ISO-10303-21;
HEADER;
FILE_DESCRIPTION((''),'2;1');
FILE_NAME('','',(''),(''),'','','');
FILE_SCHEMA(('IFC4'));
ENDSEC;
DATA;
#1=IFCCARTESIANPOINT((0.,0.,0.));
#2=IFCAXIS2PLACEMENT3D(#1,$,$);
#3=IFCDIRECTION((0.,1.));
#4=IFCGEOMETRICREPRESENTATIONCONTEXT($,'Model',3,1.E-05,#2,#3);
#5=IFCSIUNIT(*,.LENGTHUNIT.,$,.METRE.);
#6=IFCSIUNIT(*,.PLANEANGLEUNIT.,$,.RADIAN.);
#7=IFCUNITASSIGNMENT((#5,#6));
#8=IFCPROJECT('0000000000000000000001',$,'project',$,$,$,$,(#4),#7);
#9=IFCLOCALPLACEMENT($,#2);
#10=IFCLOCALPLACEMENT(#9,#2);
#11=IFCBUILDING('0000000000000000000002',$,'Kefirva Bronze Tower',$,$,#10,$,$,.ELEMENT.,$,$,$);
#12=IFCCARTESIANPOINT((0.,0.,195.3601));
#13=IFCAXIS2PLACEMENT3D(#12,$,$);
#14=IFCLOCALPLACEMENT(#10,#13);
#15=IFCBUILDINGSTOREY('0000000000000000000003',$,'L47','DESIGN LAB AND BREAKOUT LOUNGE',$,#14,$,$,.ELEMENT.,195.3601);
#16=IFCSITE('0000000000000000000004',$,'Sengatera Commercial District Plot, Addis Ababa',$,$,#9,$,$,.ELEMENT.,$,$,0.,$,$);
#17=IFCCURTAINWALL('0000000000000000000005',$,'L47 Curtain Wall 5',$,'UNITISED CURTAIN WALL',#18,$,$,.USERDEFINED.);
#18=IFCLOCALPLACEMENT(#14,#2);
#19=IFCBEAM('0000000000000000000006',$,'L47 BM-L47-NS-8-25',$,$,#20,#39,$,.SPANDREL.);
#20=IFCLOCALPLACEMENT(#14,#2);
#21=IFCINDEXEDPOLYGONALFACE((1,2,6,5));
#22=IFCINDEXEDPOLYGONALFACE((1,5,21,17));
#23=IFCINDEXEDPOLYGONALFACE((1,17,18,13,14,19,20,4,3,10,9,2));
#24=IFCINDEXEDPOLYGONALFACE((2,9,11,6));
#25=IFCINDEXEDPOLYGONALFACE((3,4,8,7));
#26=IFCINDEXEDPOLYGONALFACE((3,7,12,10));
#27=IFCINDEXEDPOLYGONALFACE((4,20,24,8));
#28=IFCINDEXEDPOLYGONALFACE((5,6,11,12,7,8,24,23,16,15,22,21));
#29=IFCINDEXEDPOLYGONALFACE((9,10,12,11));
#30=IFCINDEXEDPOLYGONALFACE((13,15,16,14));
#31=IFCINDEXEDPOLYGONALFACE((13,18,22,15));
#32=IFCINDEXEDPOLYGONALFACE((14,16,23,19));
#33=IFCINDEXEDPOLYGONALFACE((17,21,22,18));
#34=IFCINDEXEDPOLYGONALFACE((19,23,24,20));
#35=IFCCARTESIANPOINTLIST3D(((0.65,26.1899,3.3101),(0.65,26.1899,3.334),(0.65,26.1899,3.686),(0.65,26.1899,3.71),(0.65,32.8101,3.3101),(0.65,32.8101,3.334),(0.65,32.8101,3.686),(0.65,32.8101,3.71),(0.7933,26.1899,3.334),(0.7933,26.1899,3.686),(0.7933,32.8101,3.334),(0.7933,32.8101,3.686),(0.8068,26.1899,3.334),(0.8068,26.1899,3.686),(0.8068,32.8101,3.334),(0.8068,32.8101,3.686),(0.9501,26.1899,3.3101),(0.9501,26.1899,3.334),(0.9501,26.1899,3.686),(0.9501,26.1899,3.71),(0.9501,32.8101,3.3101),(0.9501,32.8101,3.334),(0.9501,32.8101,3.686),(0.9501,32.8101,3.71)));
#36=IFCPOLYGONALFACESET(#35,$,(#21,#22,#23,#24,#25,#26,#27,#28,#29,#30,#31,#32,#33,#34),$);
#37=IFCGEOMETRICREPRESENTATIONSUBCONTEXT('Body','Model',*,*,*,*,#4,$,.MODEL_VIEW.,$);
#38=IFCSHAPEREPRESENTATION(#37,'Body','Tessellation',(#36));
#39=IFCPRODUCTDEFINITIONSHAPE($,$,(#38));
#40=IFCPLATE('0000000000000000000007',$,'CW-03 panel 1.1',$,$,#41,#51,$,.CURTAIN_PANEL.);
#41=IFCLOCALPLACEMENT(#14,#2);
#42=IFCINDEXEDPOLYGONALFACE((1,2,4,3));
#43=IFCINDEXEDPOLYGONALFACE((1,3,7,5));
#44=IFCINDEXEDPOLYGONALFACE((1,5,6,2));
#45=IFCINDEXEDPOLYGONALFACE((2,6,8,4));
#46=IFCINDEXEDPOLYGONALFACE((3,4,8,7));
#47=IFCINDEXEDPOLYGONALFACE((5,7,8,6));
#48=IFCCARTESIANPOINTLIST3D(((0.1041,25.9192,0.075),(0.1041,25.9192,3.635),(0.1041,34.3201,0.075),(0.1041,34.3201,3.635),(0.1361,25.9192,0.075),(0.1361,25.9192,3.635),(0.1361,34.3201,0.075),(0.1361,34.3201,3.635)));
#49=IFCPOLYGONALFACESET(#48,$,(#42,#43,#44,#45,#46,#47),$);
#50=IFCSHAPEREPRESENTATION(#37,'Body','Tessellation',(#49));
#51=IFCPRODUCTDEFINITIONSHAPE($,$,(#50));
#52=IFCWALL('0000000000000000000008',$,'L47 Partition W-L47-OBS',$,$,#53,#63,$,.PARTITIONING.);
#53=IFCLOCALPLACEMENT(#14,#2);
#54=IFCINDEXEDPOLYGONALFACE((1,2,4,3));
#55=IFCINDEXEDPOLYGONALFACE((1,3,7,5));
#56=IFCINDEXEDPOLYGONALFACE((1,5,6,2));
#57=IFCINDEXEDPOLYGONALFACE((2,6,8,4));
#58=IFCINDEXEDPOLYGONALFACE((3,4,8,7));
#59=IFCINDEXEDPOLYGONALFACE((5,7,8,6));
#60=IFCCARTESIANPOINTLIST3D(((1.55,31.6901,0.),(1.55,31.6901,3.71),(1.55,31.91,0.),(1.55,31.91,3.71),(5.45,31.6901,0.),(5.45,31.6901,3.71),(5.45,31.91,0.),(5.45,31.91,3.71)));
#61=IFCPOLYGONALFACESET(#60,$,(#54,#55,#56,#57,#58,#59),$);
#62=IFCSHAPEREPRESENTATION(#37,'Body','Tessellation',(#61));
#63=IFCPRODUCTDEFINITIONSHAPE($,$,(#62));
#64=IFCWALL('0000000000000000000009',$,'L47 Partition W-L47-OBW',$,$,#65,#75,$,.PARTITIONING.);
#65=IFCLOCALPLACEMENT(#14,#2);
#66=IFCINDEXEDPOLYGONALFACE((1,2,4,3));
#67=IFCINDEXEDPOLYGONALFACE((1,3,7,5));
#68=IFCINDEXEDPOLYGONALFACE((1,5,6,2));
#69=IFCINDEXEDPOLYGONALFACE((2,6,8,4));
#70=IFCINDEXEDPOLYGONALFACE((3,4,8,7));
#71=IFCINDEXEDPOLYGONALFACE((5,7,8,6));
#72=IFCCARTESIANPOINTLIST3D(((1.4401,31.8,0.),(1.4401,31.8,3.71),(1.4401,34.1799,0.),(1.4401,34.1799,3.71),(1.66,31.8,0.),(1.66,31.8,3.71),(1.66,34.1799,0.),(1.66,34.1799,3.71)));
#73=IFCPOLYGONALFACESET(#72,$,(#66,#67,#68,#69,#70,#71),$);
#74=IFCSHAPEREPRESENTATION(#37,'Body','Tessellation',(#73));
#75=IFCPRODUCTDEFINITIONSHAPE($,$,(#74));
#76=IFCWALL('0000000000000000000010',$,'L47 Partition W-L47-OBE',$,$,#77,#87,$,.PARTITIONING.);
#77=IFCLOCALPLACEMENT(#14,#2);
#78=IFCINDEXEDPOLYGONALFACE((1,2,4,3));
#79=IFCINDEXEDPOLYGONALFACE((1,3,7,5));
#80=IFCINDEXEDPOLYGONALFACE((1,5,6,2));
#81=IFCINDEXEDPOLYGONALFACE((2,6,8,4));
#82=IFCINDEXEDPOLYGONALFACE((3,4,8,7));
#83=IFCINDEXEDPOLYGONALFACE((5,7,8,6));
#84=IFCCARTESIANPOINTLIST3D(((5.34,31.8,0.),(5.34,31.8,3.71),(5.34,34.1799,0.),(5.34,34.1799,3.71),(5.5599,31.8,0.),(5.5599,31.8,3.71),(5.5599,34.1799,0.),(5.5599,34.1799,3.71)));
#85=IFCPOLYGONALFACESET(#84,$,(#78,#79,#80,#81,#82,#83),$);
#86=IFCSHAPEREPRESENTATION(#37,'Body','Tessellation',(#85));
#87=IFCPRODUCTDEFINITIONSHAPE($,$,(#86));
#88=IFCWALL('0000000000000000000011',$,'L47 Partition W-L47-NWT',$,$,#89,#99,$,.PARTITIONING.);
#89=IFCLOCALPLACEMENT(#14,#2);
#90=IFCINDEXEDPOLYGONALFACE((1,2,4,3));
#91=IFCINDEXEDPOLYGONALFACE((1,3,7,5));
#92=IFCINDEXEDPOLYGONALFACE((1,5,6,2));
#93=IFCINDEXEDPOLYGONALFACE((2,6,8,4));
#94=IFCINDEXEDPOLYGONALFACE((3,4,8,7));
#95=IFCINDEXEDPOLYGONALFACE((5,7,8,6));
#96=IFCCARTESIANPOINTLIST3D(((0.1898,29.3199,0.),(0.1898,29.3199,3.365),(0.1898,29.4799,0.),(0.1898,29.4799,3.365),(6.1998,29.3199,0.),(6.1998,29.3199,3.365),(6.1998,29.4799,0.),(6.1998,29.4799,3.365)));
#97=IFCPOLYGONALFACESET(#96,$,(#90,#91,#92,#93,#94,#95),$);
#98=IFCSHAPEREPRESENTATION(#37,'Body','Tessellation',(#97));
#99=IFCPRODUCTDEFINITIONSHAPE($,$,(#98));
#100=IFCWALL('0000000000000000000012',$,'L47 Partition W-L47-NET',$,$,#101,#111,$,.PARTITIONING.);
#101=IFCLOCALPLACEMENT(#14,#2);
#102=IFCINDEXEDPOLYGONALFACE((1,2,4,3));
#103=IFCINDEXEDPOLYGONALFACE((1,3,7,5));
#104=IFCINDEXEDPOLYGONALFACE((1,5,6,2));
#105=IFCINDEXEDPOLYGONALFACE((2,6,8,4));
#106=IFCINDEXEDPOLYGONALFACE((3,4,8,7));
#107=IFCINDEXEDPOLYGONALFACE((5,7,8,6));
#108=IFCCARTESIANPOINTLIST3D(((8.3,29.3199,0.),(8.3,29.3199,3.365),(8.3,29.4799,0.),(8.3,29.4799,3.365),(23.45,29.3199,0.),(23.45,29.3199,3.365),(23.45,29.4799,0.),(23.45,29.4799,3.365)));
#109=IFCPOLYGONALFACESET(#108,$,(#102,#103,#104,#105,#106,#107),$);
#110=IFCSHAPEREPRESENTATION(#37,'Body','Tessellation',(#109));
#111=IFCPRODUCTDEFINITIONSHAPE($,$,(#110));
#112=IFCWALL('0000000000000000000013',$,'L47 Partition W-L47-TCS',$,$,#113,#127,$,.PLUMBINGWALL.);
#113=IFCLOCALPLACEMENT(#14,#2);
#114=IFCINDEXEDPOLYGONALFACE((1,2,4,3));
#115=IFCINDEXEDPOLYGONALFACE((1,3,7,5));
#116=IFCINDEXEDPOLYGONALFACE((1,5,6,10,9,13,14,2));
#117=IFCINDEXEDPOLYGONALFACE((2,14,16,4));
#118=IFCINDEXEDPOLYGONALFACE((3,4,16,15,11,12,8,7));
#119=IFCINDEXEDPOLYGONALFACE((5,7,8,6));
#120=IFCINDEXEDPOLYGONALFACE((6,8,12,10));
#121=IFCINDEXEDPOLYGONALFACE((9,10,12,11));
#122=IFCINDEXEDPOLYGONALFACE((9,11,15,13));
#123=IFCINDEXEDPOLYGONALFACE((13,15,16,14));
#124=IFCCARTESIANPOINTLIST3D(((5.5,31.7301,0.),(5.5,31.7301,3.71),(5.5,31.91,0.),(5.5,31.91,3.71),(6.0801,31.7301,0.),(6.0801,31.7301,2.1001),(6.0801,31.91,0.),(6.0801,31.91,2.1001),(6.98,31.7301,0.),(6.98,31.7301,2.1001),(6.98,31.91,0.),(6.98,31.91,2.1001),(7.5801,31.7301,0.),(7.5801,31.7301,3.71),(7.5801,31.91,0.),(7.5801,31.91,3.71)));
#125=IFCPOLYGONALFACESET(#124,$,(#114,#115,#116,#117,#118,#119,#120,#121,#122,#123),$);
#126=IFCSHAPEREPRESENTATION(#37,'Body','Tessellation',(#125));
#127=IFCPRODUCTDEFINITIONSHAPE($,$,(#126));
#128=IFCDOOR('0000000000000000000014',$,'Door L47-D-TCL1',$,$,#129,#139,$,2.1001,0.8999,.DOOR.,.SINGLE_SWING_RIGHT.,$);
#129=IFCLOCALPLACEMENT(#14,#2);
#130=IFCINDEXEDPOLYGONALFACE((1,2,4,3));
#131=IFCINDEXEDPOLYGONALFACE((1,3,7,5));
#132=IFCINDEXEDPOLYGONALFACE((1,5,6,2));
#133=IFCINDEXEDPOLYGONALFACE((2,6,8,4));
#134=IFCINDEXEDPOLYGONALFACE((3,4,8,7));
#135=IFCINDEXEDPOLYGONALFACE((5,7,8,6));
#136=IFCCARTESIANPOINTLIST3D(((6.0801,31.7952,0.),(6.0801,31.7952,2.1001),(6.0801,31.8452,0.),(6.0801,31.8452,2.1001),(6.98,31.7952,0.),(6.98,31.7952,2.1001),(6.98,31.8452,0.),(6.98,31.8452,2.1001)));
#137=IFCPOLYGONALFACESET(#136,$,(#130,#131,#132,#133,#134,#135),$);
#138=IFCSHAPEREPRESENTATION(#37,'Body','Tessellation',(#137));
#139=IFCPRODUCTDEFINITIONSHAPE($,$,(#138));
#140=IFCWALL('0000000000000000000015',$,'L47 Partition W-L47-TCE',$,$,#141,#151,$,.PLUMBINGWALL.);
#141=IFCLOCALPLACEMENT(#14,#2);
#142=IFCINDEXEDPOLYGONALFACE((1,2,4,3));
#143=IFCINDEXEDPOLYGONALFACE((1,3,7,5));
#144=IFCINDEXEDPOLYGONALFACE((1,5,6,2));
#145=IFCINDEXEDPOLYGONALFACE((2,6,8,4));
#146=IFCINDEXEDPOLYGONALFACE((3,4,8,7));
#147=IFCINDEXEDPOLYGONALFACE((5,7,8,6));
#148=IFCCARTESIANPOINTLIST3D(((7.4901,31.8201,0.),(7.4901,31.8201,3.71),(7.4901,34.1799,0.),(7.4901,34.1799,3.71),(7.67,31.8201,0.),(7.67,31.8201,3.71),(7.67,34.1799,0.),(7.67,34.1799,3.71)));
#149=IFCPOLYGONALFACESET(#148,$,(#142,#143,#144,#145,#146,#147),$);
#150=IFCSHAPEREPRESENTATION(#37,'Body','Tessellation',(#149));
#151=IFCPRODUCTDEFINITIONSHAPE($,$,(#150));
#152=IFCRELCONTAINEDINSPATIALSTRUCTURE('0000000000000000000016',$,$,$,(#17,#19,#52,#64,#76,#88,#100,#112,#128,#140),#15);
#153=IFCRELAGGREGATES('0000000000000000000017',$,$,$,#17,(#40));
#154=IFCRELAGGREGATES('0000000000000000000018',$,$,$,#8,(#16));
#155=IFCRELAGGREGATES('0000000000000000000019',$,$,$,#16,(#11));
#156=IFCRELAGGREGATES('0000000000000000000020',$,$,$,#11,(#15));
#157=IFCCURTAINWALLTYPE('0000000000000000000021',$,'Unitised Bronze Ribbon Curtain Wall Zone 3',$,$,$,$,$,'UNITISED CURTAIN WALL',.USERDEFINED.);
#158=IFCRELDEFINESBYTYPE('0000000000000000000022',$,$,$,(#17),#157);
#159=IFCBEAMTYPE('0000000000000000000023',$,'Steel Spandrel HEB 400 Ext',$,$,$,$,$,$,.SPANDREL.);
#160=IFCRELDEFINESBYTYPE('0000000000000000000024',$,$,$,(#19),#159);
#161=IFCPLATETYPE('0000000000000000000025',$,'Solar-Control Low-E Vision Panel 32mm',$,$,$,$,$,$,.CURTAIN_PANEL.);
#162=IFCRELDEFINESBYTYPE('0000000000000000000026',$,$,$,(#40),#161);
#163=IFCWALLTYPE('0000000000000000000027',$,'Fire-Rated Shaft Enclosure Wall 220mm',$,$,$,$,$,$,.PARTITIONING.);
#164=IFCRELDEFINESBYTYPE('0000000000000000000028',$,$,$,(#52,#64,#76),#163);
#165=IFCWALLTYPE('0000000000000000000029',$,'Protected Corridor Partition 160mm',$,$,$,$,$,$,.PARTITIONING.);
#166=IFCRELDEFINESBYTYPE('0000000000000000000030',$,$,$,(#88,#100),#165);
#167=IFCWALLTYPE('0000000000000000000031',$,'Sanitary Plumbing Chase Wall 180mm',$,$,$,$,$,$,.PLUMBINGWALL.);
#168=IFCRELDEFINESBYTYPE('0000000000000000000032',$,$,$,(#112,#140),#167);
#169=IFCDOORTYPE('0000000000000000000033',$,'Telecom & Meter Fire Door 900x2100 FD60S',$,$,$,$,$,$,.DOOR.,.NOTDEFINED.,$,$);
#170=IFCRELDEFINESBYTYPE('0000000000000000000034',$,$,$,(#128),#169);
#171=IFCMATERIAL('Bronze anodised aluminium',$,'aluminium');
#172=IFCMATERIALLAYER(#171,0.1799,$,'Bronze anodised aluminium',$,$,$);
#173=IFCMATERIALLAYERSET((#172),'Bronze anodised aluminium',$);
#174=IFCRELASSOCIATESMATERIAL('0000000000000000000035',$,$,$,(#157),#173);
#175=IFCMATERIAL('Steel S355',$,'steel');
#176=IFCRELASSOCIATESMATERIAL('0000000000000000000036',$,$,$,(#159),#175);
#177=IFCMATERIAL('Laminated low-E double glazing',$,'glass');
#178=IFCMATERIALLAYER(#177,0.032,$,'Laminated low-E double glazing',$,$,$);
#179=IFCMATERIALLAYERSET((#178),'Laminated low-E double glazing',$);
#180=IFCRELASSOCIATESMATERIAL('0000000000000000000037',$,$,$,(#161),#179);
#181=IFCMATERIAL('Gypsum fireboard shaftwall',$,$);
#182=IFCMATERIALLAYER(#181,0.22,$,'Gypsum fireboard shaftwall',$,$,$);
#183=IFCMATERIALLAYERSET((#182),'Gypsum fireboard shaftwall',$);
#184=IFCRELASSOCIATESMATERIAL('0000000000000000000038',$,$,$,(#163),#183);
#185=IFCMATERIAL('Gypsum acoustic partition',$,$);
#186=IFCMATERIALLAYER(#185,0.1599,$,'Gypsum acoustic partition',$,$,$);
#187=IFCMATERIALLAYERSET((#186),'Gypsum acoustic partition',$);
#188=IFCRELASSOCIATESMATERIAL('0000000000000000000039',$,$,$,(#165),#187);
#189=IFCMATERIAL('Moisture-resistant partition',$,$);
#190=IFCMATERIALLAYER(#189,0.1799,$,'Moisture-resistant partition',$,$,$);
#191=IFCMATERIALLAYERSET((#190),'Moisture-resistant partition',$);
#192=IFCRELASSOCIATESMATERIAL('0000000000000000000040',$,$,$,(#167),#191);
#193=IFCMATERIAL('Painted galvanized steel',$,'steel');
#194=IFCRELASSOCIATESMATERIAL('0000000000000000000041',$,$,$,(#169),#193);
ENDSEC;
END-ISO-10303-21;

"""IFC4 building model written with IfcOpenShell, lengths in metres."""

from ifc_helpers import new_model, si_unit, direction, frame, frame_2d, origin, origin_2d, place, context, subcontext, project, spatial, rectangle, i_section, extrude, material, layer, layer_set, material_profile, profile_set, type_object, element, fill, aggregate, save


model = new_model("IFC4")

# Units and contexts
model_context = context("Model", 3, precision=1e-05, world=origin(), true_north=direction((0.0, 1.0)))
body_context = subcontext(model_context, "Body", "Model", "MODEL_VIEW")
ifc_project = project(units=[si_unit("LENGTHUNIT", "METRE"), si_unit("PLANEANGLEUNIT", "RADIAN")], contexts=[model_context])

# Site, building, storey
site_placement = place(None, origin())
site = spatial("IfcSite", under=ifc_project, at=site_placement, Name="Sengatera Commercial District Plot, Addis Ababa", CompositionType="ELEMENT", RefElevation=0.0)
building_placement = place(site_placement, origin())
building = spatial("IfcBuilding", under=site, at=building_placement, Name="Kefirva Bronze Tower", CompositionType="ELEMENT")
storey_placement = place(building_placement, frame((0.0, 0.0, 195.3601)))
storey = spatial("IfcBuildingStorey", under=building, at=storey_placement, Name="L47", Description="DESIGN LAB AND BREAKOUT LOUNGE", CompositionType="ELEMENT", Elevation=195.3601)

# Curtain wall
ifc_material_1 = material(Name="Bronze anodised aluminium", Category="aluminium")
ifc_layer_1 = layer(ifc_material_1, 0.1799, Name="Bronze anodised aluminium")
ifc_layer_set_1 = layer_set([ifc_layer_1], Name="Bronze anodised aluminium")
curtain_wall_type = type_object("IfcCurtainWallType", Name="Unitised Bronze Ribbon Curtain Wall Zone 3", ElementType="UNITISED CURTAIN WALL", PredefinedType="USERDEFINED", material=ifc_layer_set_1)
curtain_wall_placement = place(storey_placement, origin())
curtain_wall = element("IfcCurtainWall", 1, at=curtain_wall_placement, inside=storey, type_object=curtain_wall_type, Name="L47 Curtain Wall 5", ObjectType="UNITISED CURTAIN WALL", PredefinedType="USERDEFINED")

# Beam
ifc_material_2 = material(Name="Steel S355", Category="steel")
ifc_material_profile_1 = material_profile(ifc_material_2, i_section(OverallWidth=0.3, OverallDepth=0.3999, WebThickness=0.0134, FlangeThickness=0.0239, at=origin_2d()), Name="HEB 400")
ifc_profile_set_1 = profile_set([ifc_material_profile_1], Name="Steel S355")
beam_type_1 = type_object("IfcBeamType", Name="Steel Spandrel HEB 400 Ext", PredefinedType="SPANDREL", material=ifc_profile_set_1)
beam_1_placement = place(storey_placement, frame((0.8, 26.1899, 3.51), z_axis=(0.0, 1.0, 0.0), x_axis=(-1.0, 0.0, 0.0)))
element("IfcBeam", 2, at=beam_1_placement, inside=storey, type_object=beam_type_1, Name="L47 BM-L47-NS-8-25", PredefinedType="SPANDREL", context=body_context, shape_type="SweptSolid", body=[
    extrude(i_section(OverallWidth=0.3, OverallDepth=0.3999, WebThickness=0.0134, FlangeThickness=0.0239, at=origin_2d()), origin(), (0.0, 0.0, 1.0), 6.6201),
])

# Plate
ifc_material_3 = material(Name="Laminated low-E double glazing", Category="glass")
ifc_layer_2 = layer(ifc_material_3, 0.032, Name="Laminated low-E double glazing")
ifc_layer_set_2 = layer_set([ifc_layer_2], Name="Laminated low-E double glazing")
plate_type = type_object("IfcPlateType", Name="Solar-Control Low-E Vision Panel 32mm", PredefinedType="CURTAIN_PANEL", material=ifc_layer_set_2)
plate_placement = place(storey_placement, frame((0.1201, 30.1196, 0.075), z_axis=(0.0, 0.0, 1.0), x_axis=(0.0, -1.0, 0.0)))
plate = element("IfcPlate", 3, at=plate_placement, type_object=plate_type, Name="CW-03 panel 1.1", PredefinedType="CURTAIN_PANEL", context=body_context, shape_type="SweptSolid", body=[
    extrude(rectangle(XDim=8.4009, YDim=0.032, at=origin_2d()), origin(), (0.0, 0.0, 1.0), 3.5601),
])
aggregate(curtain_wall, [plate])

# Walls
ifc_material_4 = material(Name="Gypsum fireboard shaftwall")
ifc_layer_3 = layer(ifc_material_4, 0.22, Name="Gypsum fireboard shaftwall")
ifc_layer_set_3 = layer_set([ifc_layer_3], Name="Gypsum fireboard shaftwall")
wall_type_1 = type_object("IfcWallType", Name="Fire-Rated Shaft Enclosure Wall 220mm", PredefinedType="PARTITIONING", material=ifc_layer_set_3)
wall_1_placement = place(storey_placement, frame((1.55, 31.8, 0.0), z_axis=(0.0, 0.0, 1.0), x_axis=(1.0, 0.0, 0.0)))
element("IfcWall", 4, at=wall_1_placement, inside=storey, type_object=wall_type_1, Name="L47 Partition W-L47-OBS", PredefinedType="PARTITIONING", context=body_context, shape_type="SweptSolid", body=[
    extrude(rectangle(XDim=3.8999, YDim=0.22, at=frame_2d((1.95, 0.0))), origin(), (0.0, 0.0, 1.0), 3.71),
])
for number, where, z_axis, x_axis, name in (
    (5, (1.55, 31.8, 0.0), (0.0, 0.0, 1.0), (0.0, 1.0, 0.0), "L47 Partition W-L47-OBW"),
    (6, (5.45, 31.8, 0.0), (0.0, 0.0, 1.0), (0.0, 1.0, 0.0), "L47 Partition W-L47-OBE"),
):
    element("IfcWall", number, at=place(storey_placement, frame(where, z_axis=z_axis, x_axis=x_axis)), inside=storey, type_object=wall_type_1, Name=name, PredefinedType="PARTITIONING", context=body_context, shape_type="SweptSolid", body=[
        extrude(rectangle(XDim=2.3799, YDim=0.22, at=frame_2d((1.1899, 0.0))), origin(), (0.0, 0.0, 1.0), 3.71),
    ])
ifc_material_5 = material(Name="Gypsum acoustic partition")
ifc_layer_4 = layer(ifc_material_5, 0.1599, Name="Gypsum acoustic partition")
ifc_layer_set_4 = layer_set([ifc_layer_4], Name="Gypsum acoustic partition")
wall_type_2 = type_object("IfcWallType", Name="Protected Corridor Partition 160mm", PredefinedType="PARTITIONING", material=ifc_layer_set_4)
wall_2_placement = place(storey_placement, frame((0.1899, 29.3999, 0.0), z_axis=(0.0, 0.0, 1.0), x_axis=(1.0, 0.0, 0.0)))
element("IfcWall", 7, at=wall_2_placement, inside=storey, type_object=wall_type_2, Name="L47 Partition W-L47-NWT", PredefinedType="PARTITIONING", context=body_context, shape_type="SweptSolid", body=[
    extrude(rectangle(XDim=6.01, YDim=0.1599, at=frame_2d((3.0049, 0.0))), origin(), (0.0, 0.0, 1.0), 3.365),
])
wall_3_placement = place(storey_placement, frame((8.3, 29.3999, 0.0), z_axis=(0.0, 0.0, 1.0), x_axis=(1.0, 0.0, 0.0)))
element("IfcWall", 8, at=wall_3_placement, inside=storey, type_object=wall_type_2, Name="L47 Partition W-L47-NET", PredefinedType="PARTITIONING", context=body_context, shape_type="SweptSolid", body=[
    extrude(rectangle(XDim=15.1499, YDim=0.1599, at=frame_2d((7.575, 0.0))), origin(), (0.0, 0.0, 1.0), 3.365),
])

# Wall, opening, door
ifc_material_6 = material(Name="Painted galvanized steel", Category="steel")
ifc_material_7 = material(Name="Moisture-resistant partition")
ifc_layer_5 = layer(ifc_material_7, 0.1799, Name="Moisture-resistant partition")
ifc_layer_set_5 = layer_set([ifc_layer_5], Name="Moisture-resistant partition")
wall_type_3 = type_object("IfcWallType", Name="Sanitary Plumbing Chase Wall 180mm", PredefinedType="PLUMBINGWALL", material=ifc_layer_set_5)
wall_4_placement = place(storey_placement, frame((5.5, 31.8201, 0.0), z_axis=(0.0, 0.0, 1.0), x_axis=(1.0, 0.0, 0.0)))
wall_4 = element("IfcWall", 9, at=wall_4_placement, inside=storey, type_object=wall_type_3, Name="L47 Partition W-L47-TCS", PredefinedType="PLUMBINGWALL", context=body_context, shape_type="SweptSolid", body=[
    extrude(rectangle(XDim=2.0801, YDim=0.1799, at=frame_2d((1.04, 0.0))), origin(), (0.0, 0.0, 1.0), 3.71),
])
opening_1_placement = place(wall_4_placement, frame((1.48, 0.0, 0.0), z_axis=(0.0, 0.0, 1.0), x_axis=(-1.0, 0.0, 0.0)))
opening_1 = element("IfcOpeningElement", 10, at=opening_1_placement, cuts=wall_4, PredefinedType="OPENING", context=body_context, shape_type="SweptSolid", body=[
    extrude(rectangle(XDim=0.8999, YDim=2.1001, at=frame_2d((0.45, 1.05))), frame((0.0, 0.1001, 0.0), z_axis=(0.0, -1.0, 0.0), x_axis=(1.0, 0.0, 0.0)), (0.0, 0.0, 1.0), 0.2),
])
door_type_1 = type_object("IfcDoorType", Name="Telecom & Meter Fire Door 900x2100 FD60S", OperationType="NOTDEFINED", PredefinedType="DOOR", material=ifc_material_6)
door_1_placement = place(opening_1_placement, origin())
door_1 = element("IfcDoor", 11, at=door_1_placement, inside=storey, type_object=door_type_1, Name="Door L47-D-TCL1", OperationType="SINGLE_SWING_RIGHT", OverallHeight=2.1001, OverallWidth=0.8999, PredefinedType="DOOR", context=body_context, shape_type="SweptSolid", body=[
    extrude(rectangle(XDim=0.8999, YDim=2.1001, at=frame_2d((0.45, 1.05))), frame((0.0, 0.0249, 0.0), z_axis=(0.0, -1.0, 0.0), x_axis=(1.0, 0.0, 0.0)), (0.0, 0.0, 1.0), 0.05),
])
fill(opening_1, door_1)

# Wall
wall_5_placement = place(storey_placement, frame((7.5801, 31.8201, 0.0), z_axis=(0.0, 0.0, 1.0), x_axis=(0.0, 1.0, 0.0)))
element("IfcWall", 12, at=wall_5_placement, inside=storey, type_object=wall_type_3, Name="L47 Partition W-L47-TCE", PredefinedType="PLUMBINGWALL", context=body_context, shape_type="SweptSolid", body=[
    extrude(rectangle(XDim=2.3599, YDim=0.1799, at=frame_2d((1.1799, 0.0))), origin(), (0.0, 0.0, 1.0), 3.71),
])

save(model, "model.ifc")
